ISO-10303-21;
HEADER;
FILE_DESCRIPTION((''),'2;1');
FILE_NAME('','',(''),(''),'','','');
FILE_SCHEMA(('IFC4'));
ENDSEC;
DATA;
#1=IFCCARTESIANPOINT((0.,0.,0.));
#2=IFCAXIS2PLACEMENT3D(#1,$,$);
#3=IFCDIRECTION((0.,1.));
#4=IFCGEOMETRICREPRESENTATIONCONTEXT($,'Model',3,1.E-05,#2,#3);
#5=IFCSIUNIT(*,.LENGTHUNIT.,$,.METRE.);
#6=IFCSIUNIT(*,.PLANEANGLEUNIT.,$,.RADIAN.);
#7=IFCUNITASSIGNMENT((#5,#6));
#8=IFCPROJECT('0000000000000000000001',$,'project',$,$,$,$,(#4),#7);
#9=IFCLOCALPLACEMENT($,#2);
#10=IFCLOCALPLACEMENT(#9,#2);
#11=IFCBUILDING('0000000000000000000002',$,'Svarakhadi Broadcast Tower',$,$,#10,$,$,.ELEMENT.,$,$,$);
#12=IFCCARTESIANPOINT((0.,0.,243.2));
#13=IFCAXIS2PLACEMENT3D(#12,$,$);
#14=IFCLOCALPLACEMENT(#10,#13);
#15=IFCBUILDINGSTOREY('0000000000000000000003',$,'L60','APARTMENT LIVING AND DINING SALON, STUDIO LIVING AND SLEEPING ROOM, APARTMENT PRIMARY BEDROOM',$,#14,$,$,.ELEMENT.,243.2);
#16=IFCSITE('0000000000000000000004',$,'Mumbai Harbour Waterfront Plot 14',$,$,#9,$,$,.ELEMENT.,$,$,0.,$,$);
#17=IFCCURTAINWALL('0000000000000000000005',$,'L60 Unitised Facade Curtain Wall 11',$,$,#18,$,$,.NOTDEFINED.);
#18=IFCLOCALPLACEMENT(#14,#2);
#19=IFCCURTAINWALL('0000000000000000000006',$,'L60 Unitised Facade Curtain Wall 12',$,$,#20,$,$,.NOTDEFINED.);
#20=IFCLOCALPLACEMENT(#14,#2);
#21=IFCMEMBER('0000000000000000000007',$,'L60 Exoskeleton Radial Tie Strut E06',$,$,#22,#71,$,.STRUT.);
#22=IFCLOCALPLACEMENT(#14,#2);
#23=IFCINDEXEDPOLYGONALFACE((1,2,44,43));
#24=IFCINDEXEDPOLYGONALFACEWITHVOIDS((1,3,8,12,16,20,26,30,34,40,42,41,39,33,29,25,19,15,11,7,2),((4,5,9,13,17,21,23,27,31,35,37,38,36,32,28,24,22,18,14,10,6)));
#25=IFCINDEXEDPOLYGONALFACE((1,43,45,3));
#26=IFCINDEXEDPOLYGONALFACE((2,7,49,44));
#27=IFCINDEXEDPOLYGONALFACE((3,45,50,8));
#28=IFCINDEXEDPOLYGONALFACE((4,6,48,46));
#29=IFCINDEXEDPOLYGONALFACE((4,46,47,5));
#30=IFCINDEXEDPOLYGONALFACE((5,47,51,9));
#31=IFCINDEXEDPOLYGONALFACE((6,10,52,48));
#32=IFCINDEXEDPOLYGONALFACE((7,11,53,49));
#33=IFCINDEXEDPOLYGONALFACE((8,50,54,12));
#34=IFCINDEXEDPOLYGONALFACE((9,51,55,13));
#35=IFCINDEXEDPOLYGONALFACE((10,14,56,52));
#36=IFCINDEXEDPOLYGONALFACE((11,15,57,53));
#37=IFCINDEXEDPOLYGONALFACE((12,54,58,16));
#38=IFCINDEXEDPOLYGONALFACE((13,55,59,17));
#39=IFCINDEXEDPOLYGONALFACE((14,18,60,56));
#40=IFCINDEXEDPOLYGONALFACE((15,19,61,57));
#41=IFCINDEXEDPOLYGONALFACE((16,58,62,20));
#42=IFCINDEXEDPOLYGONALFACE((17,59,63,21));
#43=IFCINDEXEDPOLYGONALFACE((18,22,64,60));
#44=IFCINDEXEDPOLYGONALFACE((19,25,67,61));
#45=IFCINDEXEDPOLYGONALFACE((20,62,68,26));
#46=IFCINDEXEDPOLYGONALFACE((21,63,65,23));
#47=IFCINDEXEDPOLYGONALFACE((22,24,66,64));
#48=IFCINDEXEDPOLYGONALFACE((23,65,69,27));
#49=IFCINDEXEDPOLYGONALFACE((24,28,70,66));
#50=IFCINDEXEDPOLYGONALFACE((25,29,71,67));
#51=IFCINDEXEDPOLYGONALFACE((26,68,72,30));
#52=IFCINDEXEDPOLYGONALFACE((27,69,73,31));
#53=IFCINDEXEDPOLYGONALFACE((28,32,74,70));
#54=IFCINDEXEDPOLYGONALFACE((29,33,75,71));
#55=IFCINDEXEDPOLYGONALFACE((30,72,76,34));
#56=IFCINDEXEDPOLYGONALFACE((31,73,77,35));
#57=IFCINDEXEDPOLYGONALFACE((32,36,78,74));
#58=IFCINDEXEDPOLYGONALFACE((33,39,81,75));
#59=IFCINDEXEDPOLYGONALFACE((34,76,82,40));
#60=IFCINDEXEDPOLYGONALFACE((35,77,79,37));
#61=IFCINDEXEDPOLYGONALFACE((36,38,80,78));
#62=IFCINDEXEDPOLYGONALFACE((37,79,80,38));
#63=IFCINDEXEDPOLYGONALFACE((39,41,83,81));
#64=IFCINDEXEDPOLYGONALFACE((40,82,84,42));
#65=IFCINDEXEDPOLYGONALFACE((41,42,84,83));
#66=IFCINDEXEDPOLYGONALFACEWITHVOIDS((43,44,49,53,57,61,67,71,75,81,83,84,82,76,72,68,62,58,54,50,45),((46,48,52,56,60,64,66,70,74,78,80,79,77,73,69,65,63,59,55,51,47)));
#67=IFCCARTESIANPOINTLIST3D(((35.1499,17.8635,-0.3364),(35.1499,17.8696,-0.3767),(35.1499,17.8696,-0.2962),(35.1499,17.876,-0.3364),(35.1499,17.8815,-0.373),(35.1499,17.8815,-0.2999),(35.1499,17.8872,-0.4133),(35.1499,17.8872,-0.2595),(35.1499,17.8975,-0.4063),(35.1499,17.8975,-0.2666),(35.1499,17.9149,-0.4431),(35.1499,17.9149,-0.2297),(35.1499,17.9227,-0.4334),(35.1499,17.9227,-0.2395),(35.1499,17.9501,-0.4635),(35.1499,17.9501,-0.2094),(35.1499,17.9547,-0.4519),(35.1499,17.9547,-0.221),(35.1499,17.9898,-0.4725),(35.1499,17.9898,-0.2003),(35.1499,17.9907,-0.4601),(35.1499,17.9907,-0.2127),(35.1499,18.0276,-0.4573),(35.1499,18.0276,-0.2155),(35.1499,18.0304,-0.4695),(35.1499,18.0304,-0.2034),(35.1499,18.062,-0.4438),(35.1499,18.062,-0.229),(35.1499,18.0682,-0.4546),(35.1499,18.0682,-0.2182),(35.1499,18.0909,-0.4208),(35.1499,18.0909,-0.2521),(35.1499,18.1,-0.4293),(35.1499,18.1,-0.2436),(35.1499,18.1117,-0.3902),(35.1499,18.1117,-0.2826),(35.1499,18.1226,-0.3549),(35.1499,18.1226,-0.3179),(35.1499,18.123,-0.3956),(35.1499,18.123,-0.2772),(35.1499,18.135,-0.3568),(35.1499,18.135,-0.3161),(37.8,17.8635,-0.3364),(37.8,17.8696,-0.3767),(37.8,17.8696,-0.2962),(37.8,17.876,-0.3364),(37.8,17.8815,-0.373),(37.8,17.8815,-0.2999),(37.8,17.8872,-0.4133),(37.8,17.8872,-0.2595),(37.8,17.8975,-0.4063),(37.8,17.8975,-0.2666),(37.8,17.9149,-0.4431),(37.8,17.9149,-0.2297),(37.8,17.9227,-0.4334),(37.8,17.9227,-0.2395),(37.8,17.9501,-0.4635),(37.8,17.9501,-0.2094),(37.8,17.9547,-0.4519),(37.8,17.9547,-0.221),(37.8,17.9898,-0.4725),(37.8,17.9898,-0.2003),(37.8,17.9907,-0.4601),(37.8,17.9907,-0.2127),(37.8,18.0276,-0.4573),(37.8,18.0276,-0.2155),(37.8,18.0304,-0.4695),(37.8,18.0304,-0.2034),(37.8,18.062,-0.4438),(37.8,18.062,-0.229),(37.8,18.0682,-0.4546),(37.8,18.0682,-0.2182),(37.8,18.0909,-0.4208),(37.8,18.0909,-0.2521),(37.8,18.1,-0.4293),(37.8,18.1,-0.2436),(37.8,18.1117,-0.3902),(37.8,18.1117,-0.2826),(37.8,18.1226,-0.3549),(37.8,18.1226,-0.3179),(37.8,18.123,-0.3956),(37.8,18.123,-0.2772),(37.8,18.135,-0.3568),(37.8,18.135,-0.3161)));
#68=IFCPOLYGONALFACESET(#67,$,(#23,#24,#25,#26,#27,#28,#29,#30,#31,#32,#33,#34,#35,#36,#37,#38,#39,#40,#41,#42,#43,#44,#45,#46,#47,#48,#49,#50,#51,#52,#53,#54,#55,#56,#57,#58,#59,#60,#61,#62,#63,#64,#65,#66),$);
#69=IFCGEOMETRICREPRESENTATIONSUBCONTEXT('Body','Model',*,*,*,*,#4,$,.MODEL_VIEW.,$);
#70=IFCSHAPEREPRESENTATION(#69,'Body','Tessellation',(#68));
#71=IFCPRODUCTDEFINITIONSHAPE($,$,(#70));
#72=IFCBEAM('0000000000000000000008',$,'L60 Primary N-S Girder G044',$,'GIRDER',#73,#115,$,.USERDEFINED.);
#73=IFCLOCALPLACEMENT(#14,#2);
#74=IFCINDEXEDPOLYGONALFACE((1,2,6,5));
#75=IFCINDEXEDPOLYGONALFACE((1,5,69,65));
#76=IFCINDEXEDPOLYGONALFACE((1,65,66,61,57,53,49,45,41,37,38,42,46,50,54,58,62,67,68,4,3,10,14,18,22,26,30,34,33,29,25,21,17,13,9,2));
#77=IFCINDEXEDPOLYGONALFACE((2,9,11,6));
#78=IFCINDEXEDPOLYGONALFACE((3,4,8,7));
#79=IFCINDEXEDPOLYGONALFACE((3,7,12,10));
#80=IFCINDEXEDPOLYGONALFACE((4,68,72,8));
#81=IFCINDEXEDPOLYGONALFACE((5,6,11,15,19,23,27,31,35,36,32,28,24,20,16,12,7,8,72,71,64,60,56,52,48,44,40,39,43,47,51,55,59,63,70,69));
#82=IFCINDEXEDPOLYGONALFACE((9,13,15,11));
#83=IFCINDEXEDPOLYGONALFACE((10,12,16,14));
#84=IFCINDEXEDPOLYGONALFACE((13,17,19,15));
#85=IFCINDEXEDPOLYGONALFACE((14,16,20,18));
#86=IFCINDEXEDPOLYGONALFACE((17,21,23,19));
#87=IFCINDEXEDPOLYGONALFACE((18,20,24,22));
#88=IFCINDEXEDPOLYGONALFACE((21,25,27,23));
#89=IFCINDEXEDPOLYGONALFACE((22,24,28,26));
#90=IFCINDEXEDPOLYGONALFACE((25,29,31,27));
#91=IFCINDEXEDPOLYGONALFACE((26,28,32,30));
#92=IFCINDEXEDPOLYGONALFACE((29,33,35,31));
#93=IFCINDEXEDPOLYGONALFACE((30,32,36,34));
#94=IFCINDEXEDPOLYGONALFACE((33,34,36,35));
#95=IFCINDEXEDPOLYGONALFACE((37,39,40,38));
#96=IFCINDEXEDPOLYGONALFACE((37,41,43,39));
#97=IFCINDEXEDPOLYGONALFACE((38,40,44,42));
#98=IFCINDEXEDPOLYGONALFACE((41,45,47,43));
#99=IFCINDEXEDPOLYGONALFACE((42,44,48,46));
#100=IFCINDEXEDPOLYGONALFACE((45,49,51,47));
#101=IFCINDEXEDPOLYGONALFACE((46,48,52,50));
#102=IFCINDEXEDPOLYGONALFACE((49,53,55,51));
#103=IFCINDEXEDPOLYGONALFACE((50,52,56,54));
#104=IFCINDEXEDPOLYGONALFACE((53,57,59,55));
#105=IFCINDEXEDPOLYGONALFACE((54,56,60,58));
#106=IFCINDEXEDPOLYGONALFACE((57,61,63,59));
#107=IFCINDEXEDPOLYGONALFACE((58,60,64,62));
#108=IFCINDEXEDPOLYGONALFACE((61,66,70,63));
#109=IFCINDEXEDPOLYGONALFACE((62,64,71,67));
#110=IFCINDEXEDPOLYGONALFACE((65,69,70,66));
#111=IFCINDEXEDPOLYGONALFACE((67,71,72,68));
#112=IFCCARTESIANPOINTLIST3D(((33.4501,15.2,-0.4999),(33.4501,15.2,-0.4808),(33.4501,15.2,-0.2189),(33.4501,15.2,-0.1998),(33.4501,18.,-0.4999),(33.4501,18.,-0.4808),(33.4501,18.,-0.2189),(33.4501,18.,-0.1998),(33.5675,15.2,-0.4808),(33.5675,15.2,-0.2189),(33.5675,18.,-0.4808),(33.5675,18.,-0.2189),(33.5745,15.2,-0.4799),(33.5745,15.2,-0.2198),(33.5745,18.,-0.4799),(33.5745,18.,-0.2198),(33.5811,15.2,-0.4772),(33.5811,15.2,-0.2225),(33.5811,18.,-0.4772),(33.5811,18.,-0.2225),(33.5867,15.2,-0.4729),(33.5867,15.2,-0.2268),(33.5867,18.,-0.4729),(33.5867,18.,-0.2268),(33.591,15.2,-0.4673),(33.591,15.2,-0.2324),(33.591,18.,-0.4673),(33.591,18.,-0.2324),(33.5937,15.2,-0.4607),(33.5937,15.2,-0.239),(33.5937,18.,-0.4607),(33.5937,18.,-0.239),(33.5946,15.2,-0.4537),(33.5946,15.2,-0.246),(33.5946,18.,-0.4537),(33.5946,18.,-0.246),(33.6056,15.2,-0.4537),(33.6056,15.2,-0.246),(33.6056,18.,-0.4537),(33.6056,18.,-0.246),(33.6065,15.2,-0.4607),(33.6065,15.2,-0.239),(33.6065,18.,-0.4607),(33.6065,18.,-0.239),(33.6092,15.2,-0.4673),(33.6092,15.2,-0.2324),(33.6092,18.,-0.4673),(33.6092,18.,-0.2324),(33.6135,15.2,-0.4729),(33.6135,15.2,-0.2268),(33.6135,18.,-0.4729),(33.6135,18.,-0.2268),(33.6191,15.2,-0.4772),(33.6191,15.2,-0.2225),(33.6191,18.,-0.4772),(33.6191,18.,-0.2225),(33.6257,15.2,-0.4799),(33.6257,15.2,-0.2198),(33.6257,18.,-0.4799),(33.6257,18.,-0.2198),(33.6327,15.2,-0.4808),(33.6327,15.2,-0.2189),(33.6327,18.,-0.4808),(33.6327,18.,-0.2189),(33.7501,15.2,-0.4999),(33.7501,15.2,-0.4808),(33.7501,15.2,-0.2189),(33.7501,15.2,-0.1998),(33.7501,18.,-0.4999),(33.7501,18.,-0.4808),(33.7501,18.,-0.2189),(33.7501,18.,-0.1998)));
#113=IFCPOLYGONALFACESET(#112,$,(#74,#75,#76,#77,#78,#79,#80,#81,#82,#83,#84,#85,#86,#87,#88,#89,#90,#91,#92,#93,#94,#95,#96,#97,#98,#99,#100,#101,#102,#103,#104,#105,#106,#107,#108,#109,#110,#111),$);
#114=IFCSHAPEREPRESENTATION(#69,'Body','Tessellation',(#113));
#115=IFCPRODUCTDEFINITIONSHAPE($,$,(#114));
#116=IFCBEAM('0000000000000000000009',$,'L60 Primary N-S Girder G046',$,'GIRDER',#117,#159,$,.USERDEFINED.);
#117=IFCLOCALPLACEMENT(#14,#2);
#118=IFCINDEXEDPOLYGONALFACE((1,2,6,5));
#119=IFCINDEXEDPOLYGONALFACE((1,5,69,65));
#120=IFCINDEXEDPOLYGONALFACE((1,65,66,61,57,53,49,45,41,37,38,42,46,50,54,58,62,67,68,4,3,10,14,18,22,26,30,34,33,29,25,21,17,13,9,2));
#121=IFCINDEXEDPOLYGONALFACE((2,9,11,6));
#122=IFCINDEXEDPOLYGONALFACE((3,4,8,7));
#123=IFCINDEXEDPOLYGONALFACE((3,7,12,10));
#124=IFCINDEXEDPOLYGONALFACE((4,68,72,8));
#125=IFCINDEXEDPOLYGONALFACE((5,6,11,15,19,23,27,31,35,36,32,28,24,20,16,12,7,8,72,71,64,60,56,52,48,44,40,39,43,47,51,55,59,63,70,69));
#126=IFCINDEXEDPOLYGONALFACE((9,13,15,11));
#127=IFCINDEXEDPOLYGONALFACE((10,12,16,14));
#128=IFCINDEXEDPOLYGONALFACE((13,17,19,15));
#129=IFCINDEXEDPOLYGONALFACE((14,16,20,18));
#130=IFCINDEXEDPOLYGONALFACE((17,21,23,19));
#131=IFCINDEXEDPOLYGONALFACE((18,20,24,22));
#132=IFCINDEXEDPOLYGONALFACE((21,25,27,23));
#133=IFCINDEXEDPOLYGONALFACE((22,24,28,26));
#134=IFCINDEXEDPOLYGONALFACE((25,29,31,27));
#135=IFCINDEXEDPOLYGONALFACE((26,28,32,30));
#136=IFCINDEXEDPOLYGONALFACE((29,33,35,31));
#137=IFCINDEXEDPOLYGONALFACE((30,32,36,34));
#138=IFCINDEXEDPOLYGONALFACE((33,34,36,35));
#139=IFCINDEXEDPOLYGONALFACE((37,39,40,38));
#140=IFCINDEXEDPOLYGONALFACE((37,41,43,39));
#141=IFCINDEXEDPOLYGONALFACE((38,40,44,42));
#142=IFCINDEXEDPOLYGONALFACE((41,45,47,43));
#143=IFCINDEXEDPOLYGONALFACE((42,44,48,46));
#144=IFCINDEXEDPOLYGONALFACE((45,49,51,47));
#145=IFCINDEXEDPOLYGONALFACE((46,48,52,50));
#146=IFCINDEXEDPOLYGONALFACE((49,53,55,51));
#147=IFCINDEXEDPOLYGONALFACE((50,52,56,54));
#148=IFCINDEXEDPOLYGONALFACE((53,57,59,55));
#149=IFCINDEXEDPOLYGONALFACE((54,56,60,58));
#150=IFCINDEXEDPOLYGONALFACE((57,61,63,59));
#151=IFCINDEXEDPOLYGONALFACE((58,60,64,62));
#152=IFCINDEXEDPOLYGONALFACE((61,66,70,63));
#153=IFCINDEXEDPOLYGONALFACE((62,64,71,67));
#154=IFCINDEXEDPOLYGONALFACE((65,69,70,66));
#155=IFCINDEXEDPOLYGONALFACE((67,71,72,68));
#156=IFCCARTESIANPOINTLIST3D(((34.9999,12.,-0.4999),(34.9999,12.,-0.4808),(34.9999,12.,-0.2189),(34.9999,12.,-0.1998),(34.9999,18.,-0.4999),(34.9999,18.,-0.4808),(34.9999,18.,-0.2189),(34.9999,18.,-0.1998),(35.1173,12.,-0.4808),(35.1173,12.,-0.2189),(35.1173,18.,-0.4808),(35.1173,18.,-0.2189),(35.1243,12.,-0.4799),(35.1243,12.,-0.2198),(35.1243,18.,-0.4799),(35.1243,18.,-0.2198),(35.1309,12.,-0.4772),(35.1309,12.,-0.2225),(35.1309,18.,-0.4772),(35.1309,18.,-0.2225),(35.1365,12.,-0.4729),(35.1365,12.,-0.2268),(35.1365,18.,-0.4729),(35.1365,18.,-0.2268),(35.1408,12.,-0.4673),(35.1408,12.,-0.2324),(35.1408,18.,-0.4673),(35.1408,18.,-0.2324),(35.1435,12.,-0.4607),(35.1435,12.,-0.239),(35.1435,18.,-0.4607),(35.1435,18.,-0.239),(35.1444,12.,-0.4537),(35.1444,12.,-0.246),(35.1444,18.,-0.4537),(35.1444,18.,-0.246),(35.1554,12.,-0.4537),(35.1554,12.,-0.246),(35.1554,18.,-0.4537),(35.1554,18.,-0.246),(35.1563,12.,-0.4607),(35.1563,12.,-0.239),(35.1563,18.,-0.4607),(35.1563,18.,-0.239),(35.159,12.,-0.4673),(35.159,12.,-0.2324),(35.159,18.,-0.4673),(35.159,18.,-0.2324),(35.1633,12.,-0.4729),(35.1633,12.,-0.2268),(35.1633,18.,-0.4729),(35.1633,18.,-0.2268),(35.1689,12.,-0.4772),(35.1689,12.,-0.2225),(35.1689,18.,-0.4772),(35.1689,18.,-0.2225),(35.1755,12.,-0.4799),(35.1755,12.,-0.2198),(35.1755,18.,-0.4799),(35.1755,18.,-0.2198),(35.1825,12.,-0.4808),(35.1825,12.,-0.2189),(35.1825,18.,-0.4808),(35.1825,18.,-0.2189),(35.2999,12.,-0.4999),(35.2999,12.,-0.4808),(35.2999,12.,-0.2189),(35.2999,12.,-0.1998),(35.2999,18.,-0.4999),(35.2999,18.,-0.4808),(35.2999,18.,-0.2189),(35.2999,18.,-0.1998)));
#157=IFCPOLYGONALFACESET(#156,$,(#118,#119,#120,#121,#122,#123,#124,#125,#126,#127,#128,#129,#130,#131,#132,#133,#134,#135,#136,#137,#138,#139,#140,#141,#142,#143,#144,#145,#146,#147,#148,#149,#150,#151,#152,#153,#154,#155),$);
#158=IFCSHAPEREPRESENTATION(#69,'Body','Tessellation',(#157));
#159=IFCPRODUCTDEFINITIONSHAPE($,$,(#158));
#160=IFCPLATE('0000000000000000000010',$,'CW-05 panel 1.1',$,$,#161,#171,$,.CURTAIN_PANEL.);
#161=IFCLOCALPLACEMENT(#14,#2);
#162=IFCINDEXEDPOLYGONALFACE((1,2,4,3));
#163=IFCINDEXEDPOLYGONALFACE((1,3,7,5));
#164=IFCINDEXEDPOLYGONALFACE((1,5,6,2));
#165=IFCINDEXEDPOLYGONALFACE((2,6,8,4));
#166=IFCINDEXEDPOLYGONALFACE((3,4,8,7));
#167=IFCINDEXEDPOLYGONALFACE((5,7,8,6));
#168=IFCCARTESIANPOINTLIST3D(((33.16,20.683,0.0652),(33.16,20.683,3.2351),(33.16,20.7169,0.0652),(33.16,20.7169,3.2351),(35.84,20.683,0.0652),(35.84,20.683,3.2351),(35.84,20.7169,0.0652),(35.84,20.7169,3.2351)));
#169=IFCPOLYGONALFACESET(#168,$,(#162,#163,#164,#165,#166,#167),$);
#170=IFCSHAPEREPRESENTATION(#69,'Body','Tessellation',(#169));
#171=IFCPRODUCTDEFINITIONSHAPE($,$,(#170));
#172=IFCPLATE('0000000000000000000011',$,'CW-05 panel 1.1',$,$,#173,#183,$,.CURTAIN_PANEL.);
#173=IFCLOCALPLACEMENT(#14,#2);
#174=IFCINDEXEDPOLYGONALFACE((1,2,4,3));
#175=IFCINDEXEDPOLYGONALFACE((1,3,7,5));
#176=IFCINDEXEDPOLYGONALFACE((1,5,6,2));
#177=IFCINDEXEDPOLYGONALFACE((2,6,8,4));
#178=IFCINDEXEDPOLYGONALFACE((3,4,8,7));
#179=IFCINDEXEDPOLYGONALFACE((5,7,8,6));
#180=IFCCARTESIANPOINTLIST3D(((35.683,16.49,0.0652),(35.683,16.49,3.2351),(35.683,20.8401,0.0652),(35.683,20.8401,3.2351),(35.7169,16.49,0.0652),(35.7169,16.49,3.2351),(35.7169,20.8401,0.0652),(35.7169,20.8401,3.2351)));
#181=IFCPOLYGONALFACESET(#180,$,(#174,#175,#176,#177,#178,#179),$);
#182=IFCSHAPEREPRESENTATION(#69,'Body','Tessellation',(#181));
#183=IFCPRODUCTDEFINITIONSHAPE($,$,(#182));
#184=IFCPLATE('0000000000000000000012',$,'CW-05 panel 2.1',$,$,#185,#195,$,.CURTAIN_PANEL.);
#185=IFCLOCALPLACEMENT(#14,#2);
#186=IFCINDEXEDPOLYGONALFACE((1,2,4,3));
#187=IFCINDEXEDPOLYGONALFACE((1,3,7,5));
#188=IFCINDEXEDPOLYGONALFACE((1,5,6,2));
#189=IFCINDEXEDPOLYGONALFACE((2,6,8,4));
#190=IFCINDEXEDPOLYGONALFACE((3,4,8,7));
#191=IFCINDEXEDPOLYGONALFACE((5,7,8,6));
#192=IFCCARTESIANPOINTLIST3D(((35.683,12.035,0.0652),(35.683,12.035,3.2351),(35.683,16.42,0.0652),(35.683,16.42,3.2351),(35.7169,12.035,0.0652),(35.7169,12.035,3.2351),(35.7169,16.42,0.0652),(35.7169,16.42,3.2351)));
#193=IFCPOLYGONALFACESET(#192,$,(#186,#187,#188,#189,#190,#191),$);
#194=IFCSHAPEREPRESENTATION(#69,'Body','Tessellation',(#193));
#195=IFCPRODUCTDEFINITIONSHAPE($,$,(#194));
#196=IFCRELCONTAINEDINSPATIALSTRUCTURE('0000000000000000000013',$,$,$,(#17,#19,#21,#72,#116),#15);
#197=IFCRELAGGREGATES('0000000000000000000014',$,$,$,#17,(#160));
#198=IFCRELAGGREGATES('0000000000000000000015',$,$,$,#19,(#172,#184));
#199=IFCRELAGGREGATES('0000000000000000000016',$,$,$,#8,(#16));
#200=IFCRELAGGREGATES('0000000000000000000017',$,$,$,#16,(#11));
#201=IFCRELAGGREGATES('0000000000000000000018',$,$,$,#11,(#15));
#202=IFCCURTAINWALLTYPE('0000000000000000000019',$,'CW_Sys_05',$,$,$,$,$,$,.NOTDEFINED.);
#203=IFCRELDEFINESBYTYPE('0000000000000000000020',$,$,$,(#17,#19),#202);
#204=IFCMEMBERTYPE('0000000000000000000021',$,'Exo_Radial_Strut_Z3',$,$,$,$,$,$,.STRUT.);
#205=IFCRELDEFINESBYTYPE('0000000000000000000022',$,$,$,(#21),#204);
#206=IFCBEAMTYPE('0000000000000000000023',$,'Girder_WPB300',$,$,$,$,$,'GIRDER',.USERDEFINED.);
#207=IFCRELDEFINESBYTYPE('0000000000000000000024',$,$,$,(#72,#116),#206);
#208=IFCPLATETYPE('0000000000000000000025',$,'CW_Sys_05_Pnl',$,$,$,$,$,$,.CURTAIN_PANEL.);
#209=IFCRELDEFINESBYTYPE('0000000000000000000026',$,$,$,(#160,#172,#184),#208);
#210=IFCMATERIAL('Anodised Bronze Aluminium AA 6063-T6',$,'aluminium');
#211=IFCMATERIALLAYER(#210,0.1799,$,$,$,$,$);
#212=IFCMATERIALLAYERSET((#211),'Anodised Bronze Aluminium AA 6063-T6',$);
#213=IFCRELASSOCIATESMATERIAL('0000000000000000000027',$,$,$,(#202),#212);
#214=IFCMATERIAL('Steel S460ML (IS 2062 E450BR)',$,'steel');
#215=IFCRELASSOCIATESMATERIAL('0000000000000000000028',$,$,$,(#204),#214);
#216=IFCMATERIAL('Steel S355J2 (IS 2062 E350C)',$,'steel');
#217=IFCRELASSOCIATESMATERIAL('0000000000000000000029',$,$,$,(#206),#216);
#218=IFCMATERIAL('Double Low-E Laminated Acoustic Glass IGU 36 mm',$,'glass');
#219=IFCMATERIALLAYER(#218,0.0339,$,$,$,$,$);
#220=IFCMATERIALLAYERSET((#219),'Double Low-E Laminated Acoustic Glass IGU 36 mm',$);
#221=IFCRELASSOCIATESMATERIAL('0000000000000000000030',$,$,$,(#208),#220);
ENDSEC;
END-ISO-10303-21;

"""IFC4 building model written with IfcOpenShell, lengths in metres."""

from ifc_helpers import new_model, si_unit, direction, frame, origin, origin_2d, place, context, subcontext, project, spatial, rectangle, hollow_circle, i_section, extrude, material, layer, layer_set, material_profile, profile_set, type_object, element, aggregate, save


model = new_model("IFC4")

# Units and contexts
model_context = context("Model", 3, precision=1e-05, world=origin(), true_north=direction((0.0, 1.0)))
body_context = subcontext(model_context, "Body", "Model", "MODEL_VIEW")
ifc_project = project(units=[si_unit("LENGTHUNIT", "METRE"), si_unit("PLANEANGLEUNIT", "RADIAN")], contexts=[model_context])

# Site, building, storey
site_placement = place(None, origin())
site = spatial("IfcSite", under=ifc_project, at=site_placement, Name="Mumbai Harbour Waterfront Plot 14", CompositionType="ELEMENT", RefElevation=0.0)
building_placement = place(site_placement, origin())
building = spatial("IfcBuilding", under=site, at=building_placement, Name="Svarakhadi Broadcast Tower", CompositionType="ELEMENT")
storey_placement = place(building_placement, frame((0.0, 0.0, 243.2)))
storey = spatial("IfcBuildingStorey", under=building, at=storey_placement, Name="L60", Description="APARTMENT LIVING AND DINING SALON, STUDIO LIVING AND SLEEPING ROOM, APARTMENT PRIMARY BEDROOM", CompositionType="ELEMENT", Elevation=243.2)

# Shared definitions
ifc_material_1 = material(Name="Steel S460ML (IS 2062 E450BR)", Category="steel")

# Curtain wall
ifc_material_2 = material(Name="Anodised Bronze Aluminium AA 6063-T6", Category="aluminium")
ifc_layer_1 = layer(ifc_material_2, 0.1799)
ifc_layer_set_1 = layer_set([ifc_layer_1], Name="Anodised Bronze Aluminium AA 6063-T6")
curtain_wall_type = type_object("IfcCurtainWallType", Name="CW_Sys_05", PredefinedType="NOTDEFINED", material=ifc_layer_set_1)
curtain_wall_1_placement = place(storey_placement, origin())
curtain_wall_1 = element("IfcCurtainWall", 1, at=curtain_wall_1_placement, inside=storey, type_object=curtain_wall_type, Name="L60 Unitised Facade Curtain Wall 11", PredefinedType="NOTDEFINED")

# Curtain wall
curtain_wall_2_placement = place(storey_placement, origin())
curtain_wall_2 = element("IfcCurtainWall", 2, at=curtain_wall_2_placement, inside=storey, type_object=curtain_wall_type, Name="L60 Unitised Facade Curtain Wall 12", PredefinedType="NOTDEFINED")

# Member
ifc_material_profile_1 = material_profile(ifc_material_1, hollow_circle(Radius=0.1365, WallThickness=0.0125, at=origin_2d()), Name="CHS 273x12.5")
ifc_profile_set_1 = profile_set([ifc_material_profile_1], Name="Steel S460ML (IS 2062 E450BR)")
member_type_1 = type_object("IfcMemberType", Name="Exo_Radial_Strut_Z3", PredefinedType="STRUT", material=ifc_profile_set_1)
member_1_placement = place(storey_placement, frame((37.8, 18.0, -0.3364), z_axis=(-1.0, 0.0, 0.0), x_axis=(0.0, -1.0, 0.0)))
element("IfcMember", 3, at=member_1_placement, inside=storey, type_object=member_type_1, Name="L60 Exoskeleton Radial Tie Strut E06", PredefinedType="STRUT", context=body_context, shape_type="SweptSolid", body=[
    extrude(hollow_circle(Radius=0.1365, WallThickness=0.0125, at=origin_2d()), origin(), (0.0, 0.0, 1.0), 2.6501),
])

# Beams
ifc_material_3 = material(Name="Steel S355J2 (IS 2062 E350C)", Category="steel")
ifc_material_profile_2 = material_profile(ifc_material_3, i_section(OverallWidth=0.3, OverallDepth=0.3, WebThickness=0.011, FlangeThickness=0.019, FilletRadius=0.0271, at=origin_2d()), Name="WPB 300x300x117")
ifc_profile_set_2 = profile_set([ifc_material_profile_2], Name="Steel S355J2 (IS 2062 E350C)")
beam_type = type_object("IfcBeamType", Name="Girder_WPB300", ElementType="GIRDER", PredefinedType="USERDEFINED", material=ifc_profile_set_2)
beam_1_placement = place(storey_placement, frame((33.6001, 15.2, -0.3499), z_axis=(0.0, 1.0, 0.0), x_axis=(-1.0, 0.0, 0.0)))
element("IfcBeam", 4, at=beam_1_placement, inside=storey, type_object=beam_type, Name="L60 Primary N-S Girder G044", ObjectType="GIRDER", PredefinedType="USERDEFINED", context=body_context, shape_type="SweptSolid", body=[
    extrude(i_section(OverallWidth=0.3, OverallDepth=0.3, WebThickness=0.011, FlangeThickness=0.019, FilletRadius=0.0271, at=origin_2d()), origin(), (0.0, 0.0, 1.0), 2.8),
])
beam_2_placement = place(storey_placement, frame((35.1499, 12.0, -0.3499), z_axis=(0.0, 1.0, 0.0), x_axis=(-1.0, 0.0, 0.0)))
element("IfcBeam", 5, at=beam_2_placement, inside=storey, type_object=beam_type, Name="L60 Primary N-S Girder G046", ObjectType="GIRDER", PredefinedType="USERDEFINED", context=body_context, shape_type="SweptSolid", body=[
    extrude(i_section(OverallWidth=0.3, OverallDepth=0.3, WebThickness=0.011, FlangeThickness=0.019, FilletRadius=0.0271, at=origin_2d()), origin(), (0.0, 0.0, 1.0), 6.0),
])

# Plates
ifc_material_4 = material(Name="Double Low-E Laminated Acoustic Glass IGU 36 mm", Category="glass")
ifc_layer_2 = layer(ifc_material_4, 0.0339)
ifc_layer_set_2 = layer_set([ifc_layer_2], Name="Double Low-E Laminated Acoustic Glass IGU 36 mm")
plate_type_1 = type_object("IfcPlateType", Name="CW_Sys_05_Pnl", PredefinedType="CURTAIN_PANEL", material=ifc_layer_set_2)
plate_1_placement = place(storey_placement, frame((34.5, 20.7, 0.0652), z_axis=(0.0, 0.0, 1.0), x_axis=(1.0, 0.0, 0.0)))
plate_1 = element("IfcPlate", 6, at=plate_1_placement, type_object=plate_type_1, Name="CW-05 panel 1.1", PredefinedType="CURTAIN_PANEL", context=body_context, shape_type="SweptSolid", body=[
    extrude(rectangle(XDim=2.6799, YDim=0.0339, at=origin_2d()), origin(), (0.0, 0.0, 1.0), 3.1699),
])
aggregate(curtain_wall_1, [plate_1])
plate_2_placement = place(storey_placement, frame((35.7, 18.665, 0.0652), z_axis=(0.0, 0.0, 1.0), x_axis=(0.0, -1.0, 0.0)))
plate_2 = element("IfcPlate", 7, at=plate_2_placement, type_object=plate_type_1, Name="CW-05 panel 1.1", PredefinedType="CURTAIN_PANEL", context=body_context, shape_type="SweptSolid", body=[
    extrude(rectangle(XDim=4.3501, YDim=0.0339, at=origin_2d()), origin(), (0.0, 0.0, 1.0), 3.1699),
])
plate_3_placement = place(storey_placement, frame((35.7, 14.2275, 0.0652), z_axis=(0.0, 0.0, 1.0), x_axis=(0.0, -1.0, 0.0)))
plate_3 = element("IfcPlate", 8, at=plate_3_placement, type_object=plate_type_1, Name="CW-05 panel 2.1", PredefinedType="CURTAIN_PANEL", context=body_context, shape_type="SweptSolid", body=[
    extrude(rectangle(XDim=4.385, YDim=0.0339, at=origin_2d()), origin(), (0.0, 0.0, 1.0), 3.1699),
])
aggregate(curtain_wall_2, [plate_2, plate_3])

save(model, "model.ifc")
